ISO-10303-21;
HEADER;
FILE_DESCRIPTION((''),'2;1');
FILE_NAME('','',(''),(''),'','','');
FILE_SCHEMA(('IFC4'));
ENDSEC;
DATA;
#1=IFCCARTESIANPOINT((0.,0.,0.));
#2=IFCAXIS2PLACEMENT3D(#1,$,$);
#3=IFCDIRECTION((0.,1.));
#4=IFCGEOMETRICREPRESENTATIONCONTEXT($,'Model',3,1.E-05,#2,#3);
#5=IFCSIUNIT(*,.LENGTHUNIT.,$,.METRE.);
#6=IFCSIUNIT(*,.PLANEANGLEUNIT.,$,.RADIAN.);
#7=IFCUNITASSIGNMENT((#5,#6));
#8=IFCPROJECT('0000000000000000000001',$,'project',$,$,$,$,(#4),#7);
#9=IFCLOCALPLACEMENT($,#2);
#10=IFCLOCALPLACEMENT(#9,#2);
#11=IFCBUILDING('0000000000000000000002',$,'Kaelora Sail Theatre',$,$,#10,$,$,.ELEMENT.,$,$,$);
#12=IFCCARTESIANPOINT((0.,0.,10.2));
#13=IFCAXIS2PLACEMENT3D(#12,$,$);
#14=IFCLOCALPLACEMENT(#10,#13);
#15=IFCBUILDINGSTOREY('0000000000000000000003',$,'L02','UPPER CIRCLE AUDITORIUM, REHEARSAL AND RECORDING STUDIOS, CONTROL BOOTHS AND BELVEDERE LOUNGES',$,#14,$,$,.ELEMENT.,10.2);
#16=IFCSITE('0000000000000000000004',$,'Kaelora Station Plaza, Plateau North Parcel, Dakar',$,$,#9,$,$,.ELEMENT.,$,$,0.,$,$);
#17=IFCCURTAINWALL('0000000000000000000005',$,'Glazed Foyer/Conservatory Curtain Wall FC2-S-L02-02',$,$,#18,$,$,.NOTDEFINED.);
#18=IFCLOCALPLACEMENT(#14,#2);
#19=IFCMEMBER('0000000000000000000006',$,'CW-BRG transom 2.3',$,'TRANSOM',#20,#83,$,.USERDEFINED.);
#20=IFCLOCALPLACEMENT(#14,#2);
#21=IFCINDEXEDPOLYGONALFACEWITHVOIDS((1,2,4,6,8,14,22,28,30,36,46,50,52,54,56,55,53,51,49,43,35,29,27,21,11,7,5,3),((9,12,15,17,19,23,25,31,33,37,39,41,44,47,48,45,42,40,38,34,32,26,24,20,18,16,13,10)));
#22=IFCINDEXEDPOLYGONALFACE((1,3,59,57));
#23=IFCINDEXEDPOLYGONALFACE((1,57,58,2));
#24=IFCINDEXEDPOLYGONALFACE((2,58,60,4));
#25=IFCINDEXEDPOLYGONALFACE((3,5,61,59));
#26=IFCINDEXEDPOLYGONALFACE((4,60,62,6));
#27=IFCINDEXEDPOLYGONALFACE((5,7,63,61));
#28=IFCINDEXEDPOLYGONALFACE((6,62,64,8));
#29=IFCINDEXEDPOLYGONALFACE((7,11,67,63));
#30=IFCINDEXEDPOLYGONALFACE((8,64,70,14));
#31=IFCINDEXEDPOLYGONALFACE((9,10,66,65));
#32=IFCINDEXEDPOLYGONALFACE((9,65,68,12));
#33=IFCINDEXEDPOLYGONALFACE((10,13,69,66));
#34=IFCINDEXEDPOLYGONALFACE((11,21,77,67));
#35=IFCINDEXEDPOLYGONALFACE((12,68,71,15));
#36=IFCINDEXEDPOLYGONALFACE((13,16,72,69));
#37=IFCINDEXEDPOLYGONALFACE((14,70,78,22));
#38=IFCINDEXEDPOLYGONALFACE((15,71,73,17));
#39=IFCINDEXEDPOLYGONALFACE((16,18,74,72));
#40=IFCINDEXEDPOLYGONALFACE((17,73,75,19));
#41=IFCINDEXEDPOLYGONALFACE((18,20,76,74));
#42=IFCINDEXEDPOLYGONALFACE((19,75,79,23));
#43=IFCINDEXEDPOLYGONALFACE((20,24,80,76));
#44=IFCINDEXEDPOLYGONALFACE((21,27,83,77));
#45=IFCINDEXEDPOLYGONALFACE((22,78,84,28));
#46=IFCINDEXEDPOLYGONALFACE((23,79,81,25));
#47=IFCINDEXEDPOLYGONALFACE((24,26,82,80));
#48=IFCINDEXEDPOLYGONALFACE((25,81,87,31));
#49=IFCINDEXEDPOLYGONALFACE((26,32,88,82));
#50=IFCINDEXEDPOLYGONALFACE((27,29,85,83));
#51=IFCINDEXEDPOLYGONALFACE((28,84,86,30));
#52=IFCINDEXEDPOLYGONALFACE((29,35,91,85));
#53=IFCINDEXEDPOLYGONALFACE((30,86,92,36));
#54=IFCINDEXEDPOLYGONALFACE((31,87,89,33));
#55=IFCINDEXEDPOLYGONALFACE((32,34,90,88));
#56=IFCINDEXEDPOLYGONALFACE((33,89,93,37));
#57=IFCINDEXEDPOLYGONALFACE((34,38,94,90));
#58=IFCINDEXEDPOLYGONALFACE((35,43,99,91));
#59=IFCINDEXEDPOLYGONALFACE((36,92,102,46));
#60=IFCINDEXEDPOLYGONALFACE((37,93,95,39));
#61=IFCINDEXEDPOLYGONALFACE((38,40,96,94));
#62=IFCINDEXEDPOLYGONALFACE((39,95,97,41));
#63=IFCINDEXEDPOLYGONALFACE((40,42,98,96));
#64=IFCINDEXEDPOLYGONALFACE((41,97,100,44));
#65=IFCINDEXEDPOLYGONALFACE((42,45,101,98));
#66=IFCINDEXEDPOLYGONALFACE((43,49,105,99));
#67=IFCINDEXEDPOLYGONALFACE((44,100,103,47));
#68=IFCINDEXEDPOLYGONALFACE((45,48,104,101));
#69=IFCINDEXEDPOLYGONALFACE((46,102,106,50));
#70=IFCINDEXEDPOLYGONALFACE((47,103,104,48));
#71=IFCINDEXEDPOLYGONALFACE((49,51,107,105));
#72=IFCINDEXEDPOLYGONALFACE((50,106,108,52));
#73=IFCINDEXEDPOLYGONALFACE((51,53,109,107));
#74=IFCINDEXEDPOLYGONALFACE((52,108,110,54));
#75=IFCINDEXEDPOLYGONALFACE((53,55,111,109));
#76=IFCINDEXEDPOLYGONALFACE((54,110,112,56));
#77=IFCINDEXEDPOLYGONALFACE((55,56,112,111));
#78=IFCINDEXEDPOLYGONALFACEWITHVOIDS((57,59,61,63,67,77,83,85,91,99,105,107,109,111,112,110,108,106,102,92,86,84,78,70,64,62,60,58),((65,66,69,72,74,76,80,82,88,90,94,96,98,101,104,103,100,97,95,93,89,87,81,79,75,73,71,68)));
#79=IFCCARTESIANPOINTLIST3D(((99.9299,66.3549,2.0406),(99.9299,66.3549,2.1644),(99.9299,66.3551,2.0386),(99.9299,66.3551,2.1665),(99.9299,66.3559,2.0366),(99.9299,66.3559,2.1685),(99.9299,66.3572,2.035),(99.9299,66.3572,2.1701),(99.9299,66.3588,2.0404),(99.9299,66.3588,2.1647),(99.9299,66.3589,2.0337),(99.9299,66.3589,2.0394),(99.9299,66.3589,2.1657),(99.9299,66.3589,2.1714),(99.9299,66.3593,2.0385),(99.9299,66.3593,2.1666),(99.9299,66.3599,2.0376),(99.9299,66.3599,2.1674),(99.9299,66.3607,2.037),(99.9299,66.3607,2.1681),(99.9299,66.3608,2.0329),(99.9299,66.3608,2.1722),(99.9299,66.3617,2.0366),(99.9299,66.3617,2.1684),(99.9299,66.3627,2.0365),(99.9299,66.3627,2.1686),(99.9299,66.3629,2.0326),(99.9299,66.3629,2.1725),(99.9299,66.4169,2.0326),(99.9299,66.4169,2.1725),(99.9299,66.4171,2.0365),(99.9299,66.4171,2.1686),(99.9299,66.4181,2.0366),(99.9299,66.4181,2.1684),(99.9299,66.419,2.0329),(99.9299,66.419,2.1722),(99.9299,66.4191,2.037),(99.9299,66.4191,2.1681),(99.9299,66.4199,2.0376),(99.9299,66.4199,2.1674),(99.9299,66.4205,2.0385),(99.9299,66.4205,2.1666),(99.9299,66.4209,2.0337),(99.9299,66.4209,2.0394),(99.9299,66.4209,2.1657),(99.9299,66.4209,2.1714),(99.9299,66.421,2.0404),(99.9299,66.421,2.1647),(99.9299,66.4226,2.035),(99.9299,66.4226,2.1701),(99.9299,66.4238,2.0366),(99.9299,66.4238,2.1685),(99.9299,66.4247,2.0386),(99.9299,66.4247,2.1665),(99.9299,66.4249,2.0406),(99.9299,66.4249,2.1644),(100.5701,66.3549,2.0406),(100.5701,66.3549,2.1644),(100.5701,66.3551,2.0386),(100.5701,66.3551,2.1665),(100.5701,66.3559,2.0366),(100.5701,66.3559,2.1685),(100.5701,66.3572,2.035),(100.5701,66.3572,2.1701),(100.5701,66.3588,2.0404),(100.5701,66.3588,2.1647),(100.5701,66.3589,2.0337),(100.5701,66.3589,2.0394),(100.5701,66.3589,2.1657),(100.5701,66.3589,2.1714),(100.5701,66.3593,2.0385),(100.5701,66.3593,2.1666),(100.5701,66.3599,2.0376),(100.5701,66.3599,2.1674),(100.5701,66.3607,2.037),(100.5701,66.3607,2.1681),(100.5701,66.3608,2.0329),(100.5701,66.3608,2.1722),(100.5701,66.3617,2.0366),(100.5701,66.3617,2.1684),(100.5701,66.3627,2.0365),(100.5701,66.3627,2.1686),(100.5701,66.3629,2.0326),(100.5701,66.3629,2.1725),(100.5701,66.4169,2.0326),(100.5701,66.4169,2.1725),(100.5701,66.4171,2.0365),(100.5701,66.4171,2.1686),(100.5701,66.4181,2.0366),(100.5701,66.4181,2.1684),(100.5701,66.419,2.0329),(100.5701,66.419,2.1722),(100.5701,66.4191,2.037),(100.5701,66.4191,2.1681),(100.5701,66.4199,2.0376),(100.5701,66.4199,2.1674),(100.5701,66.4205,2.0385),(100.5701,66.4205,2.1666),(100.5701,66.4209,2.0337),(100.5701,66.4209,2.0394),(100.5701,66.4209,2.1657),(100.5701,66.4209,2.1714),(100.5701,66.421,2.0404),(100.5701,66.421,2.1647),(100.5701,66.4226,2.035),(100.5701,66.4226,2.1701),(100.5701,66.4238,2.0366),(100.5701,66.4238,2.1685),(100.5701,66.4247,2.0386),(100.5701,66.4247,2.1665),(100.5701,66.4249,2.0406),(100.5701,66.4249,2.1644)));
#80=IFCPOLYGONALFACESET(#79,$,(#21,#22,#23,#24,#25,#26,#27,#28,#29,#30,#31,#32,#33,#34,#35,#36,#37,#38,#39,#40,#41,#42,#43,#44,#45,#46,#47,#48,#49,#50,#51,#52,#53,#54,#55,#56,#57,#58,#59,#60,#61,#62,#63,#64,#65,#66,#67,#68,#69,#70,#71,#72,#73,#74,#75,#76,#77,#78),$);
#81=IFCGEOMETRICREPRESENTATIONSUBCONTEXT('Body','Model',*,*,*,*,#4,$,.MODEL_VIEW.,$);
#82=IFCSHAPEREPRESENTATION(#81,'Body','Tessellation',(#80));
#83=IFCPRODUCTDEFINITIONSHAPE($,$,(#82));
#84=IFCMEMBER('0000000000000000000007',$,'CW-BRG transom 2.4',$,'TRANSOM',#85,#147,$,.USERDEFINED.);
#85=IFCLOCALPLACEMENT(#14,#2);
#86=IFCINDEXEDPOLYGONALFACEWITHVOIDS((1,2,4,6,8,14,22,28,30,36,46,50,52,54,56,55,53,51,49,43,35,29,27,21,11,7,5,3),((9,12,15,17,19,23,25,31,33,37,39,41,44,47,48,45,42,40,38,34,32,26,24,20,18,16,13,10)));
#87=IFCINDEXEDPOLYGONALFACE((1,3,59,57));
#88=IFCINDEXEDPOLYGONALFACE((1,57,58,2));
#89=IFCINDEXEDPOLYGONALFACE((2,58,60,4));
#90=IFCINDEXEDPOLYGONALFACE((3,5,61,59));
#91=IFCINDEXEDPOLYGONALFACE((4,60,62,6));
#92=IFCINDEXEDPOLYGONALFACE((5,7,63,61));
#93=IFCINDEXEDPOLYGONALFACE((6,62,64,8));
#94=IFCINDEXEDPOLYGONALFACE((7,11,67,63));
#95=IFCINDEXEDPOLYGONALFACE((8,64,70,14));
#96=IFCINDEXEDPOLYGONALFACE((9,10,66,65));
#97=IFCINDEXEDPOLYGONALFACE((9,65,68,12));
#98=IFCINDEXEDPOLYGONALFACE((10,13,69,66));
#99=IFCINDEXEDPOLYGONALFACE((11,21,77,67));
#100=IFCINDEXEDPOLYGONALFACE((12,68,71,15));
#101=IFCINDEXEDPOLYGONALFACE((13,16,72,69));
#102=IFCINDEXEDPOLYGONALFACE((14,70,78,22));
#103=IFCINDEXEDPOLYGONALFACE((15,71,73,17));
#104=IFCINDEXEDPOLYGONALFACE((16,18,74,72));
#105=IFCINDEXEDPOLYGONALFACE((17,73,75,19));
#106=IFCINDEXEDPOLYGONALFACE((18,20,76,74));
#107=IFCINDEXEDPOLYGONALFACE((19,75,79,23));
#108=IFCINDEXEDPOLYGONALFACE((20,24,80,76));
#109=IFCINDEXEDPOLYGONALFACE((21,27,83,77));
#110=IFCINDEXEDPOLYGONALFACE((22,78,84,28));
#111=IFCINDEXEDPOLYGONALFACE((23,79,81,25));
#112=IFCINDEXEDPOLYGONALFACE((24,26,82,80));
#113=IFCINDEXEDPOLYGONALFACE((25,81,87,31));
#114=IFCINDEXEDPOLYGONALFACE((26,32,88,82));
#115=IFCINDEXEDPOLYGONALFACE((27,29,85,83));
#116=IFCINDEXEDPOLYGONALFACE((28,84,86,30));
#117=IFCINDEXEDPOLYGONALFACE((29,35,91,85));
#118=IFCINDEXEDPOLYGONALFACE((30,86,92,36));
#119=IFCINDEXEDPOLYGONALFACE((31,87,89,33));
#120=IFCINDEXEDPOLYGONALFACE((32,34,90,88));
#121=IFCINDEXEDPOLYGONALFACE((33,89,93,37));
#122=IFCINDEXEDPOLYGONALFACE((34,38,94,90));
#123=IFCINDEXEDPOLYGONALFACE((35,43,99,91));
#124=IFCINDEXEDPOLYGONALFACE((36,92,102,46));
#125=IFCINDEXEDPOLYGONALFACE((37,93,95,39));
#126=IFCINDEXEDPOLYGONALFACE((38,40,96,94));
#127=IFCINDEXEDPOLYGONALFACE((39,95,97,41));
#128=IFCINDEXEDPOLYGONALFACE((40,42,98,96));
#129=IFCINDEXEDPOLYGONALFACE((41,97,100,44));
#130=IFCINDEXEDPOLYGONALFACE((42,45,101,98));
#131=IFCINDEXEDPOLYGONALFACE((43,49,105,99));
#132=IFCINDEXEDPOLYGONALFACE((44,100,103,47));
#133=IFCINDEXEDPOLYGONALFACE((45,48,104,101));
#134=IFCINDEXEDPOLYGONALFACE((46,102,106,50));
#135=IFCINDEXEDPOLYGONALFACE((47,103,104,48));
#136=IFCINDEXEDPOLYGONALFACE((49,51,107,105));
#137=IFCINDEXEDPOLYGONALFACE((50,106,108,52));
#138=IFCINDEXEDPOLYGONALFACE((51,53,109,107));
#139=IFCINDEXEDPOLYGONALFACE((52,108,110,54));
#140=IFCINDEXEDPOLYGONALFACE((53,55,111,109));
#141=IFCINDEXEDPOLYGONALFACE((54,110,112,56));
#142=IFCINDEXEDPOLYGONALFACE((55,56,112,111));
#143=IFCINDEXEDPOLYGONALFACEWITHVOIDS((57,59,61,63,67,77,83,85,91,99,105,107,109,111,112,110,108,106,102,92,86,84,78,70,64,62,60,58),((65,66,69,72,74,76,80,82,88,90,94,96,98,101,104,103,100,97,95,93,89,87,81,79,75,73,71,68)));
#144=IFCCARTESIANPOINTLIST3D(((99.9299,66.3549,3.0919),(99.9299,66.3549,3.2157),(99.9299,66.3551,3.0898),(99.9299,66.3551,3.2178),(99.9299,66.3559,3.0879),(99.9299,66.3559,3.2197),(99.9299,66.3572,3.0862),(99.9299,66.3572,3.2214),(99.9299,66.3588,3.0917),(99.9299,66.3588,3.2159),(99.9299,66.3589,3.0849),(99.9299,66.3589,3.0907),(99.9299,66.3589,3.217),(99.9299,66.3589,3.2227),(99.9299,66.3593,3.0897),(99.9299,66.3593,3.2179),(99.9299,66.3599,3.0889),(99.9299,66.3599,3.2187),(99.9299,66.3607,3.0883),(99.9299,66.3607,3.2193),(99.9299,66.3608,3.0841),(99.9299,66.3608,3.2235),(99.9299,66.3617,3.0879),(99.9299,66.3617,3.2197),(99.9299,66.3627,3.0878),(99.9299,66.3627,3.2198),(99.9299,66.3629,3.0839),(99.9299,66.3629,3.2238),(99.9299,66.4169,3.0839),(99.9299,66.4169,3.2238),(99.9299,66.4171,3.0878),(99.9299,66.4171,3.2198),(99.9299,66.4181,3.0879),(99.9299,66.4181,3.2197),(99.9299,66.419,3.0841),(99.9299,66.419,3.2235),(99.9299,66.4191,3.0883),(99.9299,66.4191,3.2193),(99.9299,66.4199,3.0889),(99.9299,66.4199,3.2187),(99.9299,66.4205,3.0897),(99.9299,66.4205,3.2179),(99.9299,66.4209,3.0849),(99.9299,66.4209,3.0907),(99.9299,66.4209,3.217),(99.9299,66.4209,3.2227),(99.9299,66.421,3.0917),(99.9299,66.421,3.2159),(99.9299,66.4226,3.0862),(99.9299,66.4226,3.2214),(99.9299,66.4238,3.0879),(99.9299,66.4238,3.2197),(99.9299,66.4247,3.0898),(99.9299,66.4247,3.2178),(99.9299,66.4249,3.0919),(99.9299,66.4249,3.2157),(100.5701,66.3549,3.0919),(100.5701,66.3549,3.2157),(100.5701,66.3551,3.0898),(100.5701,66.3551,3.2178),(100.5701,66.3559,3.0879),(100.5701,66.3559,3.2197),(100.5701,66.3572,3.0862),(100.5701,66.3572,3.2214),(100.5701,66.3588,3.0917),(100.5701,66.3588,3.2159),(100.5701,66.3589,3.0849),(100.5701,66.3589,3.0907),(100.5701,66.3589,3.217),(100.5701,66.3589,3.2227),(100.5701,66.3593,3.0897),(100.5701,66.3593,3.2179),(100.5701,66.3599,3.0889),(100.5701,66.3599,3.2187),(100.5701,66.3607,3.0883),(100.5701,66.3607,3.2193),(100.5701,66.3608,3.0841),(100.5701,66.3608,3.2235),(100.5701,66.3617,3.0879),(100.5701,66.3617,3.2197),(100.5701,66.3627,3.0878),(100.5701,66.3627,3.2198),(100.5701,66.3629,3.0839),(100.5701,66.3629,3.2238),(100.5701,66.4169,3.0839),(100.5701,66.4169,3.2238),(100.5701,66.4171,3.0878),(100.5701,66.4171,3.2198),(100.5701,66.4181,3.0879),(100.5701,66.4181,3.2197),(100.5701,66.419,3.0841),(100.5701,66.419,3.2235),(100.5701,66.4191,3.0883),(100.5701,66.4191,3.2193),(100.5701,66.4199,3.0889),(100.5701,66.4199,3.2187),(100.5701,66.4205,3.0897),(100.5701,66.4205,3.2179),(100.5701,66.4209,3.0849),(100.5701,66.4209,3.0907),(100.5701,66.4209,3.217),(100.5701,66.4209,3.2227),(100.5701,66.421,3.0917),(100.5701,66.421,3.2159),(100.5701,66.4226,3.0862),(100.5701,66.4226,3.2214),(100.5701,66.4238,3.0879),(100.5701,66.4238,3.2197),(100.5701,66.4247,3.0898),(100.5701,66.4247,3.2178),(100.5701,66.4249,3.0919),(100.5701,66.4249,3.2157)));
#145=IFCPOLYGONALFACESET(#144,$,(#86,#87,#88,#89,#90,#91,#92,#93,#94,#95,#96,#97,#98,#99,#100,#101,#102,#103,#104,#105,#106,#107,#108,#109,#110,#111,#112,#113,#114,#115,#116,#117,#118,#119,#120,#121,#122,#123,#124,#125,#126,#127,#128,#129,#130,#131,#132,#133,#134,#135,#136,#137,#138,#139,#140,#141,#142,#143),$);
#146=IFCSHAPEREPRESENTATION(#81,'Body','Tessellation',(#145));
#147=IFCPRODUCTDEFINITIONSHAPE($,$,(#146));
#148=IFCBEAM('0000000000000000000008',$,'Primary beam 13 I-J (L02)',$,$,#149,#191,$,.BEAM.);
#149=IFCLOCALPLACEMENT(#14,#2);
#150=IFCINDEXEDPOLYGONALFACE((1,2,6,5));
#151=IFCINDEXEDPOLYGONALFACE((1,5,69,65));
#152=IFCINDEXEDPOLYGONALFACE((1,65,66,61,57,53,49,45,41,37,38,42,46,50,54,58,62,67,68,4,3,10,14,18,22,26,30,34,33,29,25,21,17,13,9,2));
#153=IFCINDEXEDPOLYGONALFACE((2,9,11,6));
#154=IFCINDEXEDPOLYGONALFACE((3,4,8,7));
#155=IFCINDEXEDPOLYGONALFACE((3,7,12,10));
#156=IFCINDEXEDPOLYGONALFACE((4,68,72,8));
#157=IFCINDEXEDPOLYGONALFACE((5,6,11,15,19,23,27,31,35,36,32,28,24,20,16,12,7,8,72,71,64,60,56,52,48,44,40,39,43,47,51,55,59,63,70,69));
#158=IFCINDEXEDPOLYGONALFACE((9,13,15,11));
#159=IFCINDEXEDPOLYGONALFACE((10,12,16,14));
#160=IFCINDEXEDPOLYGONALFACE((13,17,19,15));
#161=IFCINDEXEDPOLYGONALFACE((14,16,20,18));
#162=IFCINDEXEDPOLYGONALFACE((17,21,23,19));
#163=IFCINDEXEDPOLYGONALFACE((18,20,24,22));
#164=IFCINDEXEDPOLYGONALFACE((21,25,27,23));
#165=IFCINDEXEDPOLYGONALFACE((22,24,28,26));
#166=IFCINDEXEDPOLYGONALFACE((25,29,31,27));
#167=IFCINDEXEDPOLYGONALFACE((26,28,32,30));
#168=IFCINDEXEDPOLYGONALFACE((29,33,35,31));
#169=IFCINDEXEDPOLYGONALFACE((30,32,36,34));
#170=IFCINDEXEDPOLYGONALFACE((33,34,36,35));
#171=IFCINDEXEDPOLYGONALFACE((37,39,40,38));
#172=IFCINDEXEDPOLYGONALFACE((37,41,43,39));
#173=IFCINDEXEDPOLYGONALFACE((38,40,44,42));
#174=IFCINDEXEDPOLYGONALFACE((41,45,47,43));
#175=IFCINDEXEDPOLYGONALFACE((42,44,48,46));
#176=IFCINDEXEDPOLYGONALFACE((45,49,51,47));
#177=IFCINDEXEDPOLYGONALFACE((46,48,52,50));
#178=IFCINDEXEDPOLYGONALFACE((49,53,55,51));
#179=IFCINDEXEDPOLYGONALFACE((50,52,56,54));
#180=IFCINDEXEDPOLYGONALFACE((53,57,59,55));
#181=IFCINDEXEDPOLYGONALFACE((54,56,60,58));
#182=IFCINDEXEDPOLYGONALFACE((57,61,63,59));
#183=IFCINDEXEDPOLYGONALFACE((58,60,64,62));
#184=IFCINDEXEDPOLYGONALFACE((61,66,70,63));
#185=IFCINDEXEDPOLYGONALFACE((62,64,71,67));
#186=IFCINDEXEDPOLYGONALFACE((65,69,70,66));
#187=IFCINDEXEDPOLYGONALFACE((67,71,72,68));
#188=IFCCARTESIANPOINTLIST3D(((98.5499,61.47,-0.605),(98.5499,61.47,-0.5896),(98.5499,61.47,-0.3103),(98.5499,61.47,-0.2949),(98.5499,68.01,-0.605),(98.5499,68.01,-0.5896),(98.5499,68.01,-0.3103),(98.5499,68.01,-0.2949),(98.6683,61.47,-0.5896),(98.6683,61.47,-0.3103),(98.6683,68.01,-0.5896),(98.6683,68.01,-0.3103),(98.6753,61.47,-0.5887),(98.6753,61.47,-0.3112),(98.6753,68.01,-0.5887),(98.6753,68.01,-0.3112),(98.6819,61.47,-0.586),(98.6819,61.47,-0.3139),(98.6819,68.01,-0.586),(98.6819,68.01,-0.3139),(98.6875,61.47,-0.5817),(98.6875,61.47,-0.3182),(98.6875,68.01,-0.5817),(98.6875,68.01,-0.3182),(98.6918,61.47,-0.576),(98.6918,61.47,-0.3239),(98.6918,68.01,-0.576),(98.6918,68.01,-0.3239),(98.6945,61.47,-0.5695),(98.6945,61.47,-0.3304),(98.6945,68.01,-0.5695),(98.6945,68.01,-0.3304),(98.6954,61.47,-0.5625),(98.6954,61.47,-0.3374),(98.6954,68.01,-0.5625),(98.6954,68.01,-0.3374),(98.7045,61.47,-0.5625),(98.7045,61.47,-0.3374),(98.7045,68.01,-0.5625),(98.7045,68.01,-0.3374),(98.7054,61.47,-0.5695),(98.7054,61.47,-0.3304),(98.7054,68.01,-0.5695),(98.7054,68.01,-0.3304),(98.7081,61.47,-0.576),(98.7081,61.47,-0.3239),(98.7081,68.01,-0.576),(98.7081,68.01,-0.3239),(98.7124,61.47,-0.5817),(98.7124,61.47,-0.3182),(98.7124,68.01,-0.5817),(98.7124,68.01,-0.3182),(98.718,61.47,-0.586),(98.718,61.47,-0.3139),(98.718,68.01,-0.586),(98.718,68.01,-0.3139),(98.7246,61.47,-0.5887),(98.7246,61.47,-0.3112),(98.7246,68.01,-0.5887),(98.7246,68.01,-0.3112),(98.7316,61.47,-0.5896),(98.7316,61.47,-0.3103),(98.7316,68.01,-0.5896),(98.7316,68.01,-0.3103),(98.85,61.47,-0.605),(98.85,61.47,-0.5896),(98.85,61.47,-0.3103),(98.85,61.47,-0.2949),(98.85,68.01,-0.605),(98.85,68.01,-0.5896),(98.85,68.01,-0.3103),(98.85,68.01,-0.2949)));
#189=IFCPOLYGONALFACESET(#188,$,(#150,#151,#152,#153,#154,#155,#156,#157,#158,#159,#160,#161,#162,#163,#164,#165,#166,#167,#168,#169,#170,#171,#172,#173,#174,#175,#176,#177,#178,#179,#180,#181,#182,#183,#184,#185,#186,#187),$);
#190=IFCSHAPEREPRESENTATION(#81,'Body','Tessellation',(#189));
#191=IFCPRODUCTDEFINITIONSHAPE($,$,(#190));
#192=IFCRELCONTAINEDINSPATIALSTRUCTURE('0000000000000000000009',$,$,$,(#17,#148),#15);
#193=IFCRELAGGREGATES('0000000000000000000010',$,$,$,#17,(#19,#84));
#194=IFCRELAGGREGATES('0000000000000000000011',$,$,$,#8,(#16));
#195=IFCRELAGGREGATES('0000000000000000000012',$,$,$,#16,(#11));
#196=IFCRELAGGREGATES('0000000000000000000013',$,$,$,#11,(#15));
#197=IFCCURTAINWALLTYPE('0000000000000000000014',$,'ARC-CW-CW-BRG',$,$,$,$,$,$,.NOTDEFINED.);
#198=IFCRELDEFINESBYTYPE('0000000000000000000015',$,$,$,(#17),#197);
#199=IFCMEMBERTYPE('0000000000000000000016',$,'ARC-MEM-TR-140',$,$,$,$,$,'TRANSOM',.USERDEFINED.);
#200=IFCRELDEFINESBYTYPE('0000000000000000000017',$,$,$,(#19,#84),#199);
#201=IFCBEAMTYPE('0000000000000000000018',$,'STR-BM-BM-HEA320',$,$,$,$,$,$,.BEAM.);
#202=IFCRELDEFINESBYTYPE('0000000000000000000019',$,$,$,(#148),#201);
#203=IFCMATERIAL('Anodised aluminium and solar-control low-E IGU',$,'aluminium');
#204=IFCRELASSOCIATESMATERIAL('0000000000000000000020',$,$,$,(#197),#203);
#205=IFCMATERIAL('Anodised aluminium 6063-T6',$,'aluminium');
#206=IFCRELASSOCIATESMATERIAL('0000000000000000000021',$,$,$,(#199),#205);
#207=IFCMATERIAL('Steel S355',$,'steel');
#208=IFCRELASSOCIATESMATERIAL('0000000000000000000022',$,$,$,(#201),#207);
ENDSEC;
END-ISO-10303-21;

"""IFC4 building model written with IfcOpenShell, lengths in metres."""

from ifc_helpers import new_model, si_unit, direction, frame, origin, origin_2d, place, context, subcontext, project, spatial, hollow_rectangle, i_section, extrude, material, material_profile, profile_set, type_object, element, aggregate, save


model = new_model("IFC4")

# Units and contexts
model_context = context("Model", 3, precision=1e-05, world=origin(), true_north=direction((0.0, 1.0)))
body_context = subcontext(model_context, "Body", "Model", "MODEL_VIEW")
ifc_project = project(units=[si_unit("LENGTHUNIT", "METRE"), si_unit("PLANEANGLEUNIT", "RADIAN")], contexts=[model_context])

# Site, building, storey
site_placement = place(None, origin())
site = spatial("IfcSite", under=ifc_project, at=site_placement, Name="Kaelora Station Plaza, Plateau North Parcel, Dakar", CompositionType="ELEMENT", RefElevation=0.0)
building_placement = place(site_placement, origin())
building = spatial("IfcBuilding", under=site, at=building_placement, Name="Kaelora Sail Theatre", CompositionType="ELEMENT")
storey_placement = place(building_placement, frame((0.0, 0.0, 10.2)))
storey = spatial("IfcBuildingStorey", under=building, at=storey_placement, Name="L02", Description="UPPER CIRCLE AUDITORIUM, REHEARSAL AND RECORDING STUDIOS, CONTROL BOOTHS AND BELVEDERE LOUNGES", CompositionType="ELEMENT", Elevation=10.2)

# Curtain wall
ifc_material_1 = material(Name="Anodised aluminium and solar-control low-E IGU", Category="aluminium")
curtain_wall_type = type_object("IfcCurtainWallType", Name="ARC-CW-CW-BRG", PredefinedType="NOTDEFINED", material=ifc_material_1)
curtain_wall_1_placement = place(storey_placement, origin())
curtain_wall_1 = element("IfcCurtainWall", 1, at=curtain_wall_1_placement, inside=storey, type_object=curtain_wall_type, Name="Glazed Foyer/Conservatory Curtain Wall FC2-S-L02-02", PredefinedType="NOTDEFINED")

# Members
ifc_material_2 = material(Name="Anodised aluminium 6063-T6", Category="aluminium")
ifc_material_profile_1 = material_profile(ifc_material_2, hollow_rectangle(XDim=0.0701, YDim=0.1399, WallThickness=0.0039, InnerFilletRadius=0.0039, OuterFilletRadius=0.0081, at=origin_2d()), Name="ALU-TRAN 70x140x4")
ifc_profile_set_1 = profile_set([ifc_material_profile_1], Name="Anodised aluminium 6063-T6")
member_type_1 = type_object("IfcMemberType", Name="ARC-MEM-TR-140", ElementType="TRANSOM", PredefinedType="USERDEFINED", material=ifc_profile_set_1)
member_1_placement = place(storey_placement, frame((99.9299, 66.3899, 2.1025), z_axis=(1.0, 0.0, 0.0), x_axis=(0.0, 1.0, 0.0)))
member_1 = element("IfcMember", 2, at=member_1_placement, type_object=member_type_1, Name="CW-BRG transom 2.3", ObjectType="TRANSOM", PredefinedType="USERDEFINED", context=body_context, shape_type="SweptSolid", body=[
    extrude(hollow_rectangle(XDim=0.0701, YDim=0.1399, WallThickness=0.0039, InnerFilletRadius=0.0039, OuterFilletRadius=0.0081, at=origin_2d()), origin(), (0.0, 0.0, 1.0), 0.6401),
])
member_2_placement = place(storey_placement, frame((99.9299, 66.3899, 3.1538), z_axis=(1.0, 0.0, 0.0), x_axis=(0.0, 1.0, 0.0)))
member_2 = element("IfcMember", 3, at=member_2_placement, type_object=member_type_1, Name="CW-BRG transom 2.4", ObjectType="TRANSOM", PredefinedType="USERDEFINED", context=body_context, shape_type="SweptSolid", body=[
    extrude(hollow_rectangle(XDim=0.0701, YDim=0.1399, WallThickness=0.0039, InnerFilletRadius=0.0039, OuterFilletRadius=0.0081, at=origin_2d()), origin(), (0.0, 0.0, 1.0), 0.6401),
])

# Beam
ifc_material_3 = material(Name="Steel S355", Category="steel")
ifc_material_profile_2 = material_profile(ifc_material_3, i_section(OverallWidth=0.3, OverallDepth=0.3101, WebThickness=0.009, FlangeThickness=0.0154, FilletRadius=0.0271, at=origin_2d()), Name="HEA 320")
ifc_profile_set_2 = profile_set([ifc_material_profile_2], Name="Steel S355")
beam_type = type_object("IfcBeamType", Name="STR-BM-BM-HEA320", PredefinedType="BEAM", material=ifc_profile_set_2)
beam_placement = place(storey_placement, frame((98.7, 61.47, -0.45), z_axis=(0.0, 1.0, 0.0), x_axis=(-1.0, 0.0, 0.0)))
element("IfcBeam", 4, at=beam_placement, inside=storey, type_object=beam_type, Name="Primary beam 13 I-J (L02)", PredefinedType="BEAM", context=body_context, shape_type="SweptSolid", body=[
    extrude(i_section(OverallWidth=0.3, OverallDepth=0.3101, WebThickness=0.009, FlangeThickness=0.0154, FilletRadius=0.0271, at=origin_2d()), origin(), (0.0, 0.0, 1.0), 6.54),
])

aggregate(curtain_wall_1, [member_1, member_2])

save(model, "model.ifc")
